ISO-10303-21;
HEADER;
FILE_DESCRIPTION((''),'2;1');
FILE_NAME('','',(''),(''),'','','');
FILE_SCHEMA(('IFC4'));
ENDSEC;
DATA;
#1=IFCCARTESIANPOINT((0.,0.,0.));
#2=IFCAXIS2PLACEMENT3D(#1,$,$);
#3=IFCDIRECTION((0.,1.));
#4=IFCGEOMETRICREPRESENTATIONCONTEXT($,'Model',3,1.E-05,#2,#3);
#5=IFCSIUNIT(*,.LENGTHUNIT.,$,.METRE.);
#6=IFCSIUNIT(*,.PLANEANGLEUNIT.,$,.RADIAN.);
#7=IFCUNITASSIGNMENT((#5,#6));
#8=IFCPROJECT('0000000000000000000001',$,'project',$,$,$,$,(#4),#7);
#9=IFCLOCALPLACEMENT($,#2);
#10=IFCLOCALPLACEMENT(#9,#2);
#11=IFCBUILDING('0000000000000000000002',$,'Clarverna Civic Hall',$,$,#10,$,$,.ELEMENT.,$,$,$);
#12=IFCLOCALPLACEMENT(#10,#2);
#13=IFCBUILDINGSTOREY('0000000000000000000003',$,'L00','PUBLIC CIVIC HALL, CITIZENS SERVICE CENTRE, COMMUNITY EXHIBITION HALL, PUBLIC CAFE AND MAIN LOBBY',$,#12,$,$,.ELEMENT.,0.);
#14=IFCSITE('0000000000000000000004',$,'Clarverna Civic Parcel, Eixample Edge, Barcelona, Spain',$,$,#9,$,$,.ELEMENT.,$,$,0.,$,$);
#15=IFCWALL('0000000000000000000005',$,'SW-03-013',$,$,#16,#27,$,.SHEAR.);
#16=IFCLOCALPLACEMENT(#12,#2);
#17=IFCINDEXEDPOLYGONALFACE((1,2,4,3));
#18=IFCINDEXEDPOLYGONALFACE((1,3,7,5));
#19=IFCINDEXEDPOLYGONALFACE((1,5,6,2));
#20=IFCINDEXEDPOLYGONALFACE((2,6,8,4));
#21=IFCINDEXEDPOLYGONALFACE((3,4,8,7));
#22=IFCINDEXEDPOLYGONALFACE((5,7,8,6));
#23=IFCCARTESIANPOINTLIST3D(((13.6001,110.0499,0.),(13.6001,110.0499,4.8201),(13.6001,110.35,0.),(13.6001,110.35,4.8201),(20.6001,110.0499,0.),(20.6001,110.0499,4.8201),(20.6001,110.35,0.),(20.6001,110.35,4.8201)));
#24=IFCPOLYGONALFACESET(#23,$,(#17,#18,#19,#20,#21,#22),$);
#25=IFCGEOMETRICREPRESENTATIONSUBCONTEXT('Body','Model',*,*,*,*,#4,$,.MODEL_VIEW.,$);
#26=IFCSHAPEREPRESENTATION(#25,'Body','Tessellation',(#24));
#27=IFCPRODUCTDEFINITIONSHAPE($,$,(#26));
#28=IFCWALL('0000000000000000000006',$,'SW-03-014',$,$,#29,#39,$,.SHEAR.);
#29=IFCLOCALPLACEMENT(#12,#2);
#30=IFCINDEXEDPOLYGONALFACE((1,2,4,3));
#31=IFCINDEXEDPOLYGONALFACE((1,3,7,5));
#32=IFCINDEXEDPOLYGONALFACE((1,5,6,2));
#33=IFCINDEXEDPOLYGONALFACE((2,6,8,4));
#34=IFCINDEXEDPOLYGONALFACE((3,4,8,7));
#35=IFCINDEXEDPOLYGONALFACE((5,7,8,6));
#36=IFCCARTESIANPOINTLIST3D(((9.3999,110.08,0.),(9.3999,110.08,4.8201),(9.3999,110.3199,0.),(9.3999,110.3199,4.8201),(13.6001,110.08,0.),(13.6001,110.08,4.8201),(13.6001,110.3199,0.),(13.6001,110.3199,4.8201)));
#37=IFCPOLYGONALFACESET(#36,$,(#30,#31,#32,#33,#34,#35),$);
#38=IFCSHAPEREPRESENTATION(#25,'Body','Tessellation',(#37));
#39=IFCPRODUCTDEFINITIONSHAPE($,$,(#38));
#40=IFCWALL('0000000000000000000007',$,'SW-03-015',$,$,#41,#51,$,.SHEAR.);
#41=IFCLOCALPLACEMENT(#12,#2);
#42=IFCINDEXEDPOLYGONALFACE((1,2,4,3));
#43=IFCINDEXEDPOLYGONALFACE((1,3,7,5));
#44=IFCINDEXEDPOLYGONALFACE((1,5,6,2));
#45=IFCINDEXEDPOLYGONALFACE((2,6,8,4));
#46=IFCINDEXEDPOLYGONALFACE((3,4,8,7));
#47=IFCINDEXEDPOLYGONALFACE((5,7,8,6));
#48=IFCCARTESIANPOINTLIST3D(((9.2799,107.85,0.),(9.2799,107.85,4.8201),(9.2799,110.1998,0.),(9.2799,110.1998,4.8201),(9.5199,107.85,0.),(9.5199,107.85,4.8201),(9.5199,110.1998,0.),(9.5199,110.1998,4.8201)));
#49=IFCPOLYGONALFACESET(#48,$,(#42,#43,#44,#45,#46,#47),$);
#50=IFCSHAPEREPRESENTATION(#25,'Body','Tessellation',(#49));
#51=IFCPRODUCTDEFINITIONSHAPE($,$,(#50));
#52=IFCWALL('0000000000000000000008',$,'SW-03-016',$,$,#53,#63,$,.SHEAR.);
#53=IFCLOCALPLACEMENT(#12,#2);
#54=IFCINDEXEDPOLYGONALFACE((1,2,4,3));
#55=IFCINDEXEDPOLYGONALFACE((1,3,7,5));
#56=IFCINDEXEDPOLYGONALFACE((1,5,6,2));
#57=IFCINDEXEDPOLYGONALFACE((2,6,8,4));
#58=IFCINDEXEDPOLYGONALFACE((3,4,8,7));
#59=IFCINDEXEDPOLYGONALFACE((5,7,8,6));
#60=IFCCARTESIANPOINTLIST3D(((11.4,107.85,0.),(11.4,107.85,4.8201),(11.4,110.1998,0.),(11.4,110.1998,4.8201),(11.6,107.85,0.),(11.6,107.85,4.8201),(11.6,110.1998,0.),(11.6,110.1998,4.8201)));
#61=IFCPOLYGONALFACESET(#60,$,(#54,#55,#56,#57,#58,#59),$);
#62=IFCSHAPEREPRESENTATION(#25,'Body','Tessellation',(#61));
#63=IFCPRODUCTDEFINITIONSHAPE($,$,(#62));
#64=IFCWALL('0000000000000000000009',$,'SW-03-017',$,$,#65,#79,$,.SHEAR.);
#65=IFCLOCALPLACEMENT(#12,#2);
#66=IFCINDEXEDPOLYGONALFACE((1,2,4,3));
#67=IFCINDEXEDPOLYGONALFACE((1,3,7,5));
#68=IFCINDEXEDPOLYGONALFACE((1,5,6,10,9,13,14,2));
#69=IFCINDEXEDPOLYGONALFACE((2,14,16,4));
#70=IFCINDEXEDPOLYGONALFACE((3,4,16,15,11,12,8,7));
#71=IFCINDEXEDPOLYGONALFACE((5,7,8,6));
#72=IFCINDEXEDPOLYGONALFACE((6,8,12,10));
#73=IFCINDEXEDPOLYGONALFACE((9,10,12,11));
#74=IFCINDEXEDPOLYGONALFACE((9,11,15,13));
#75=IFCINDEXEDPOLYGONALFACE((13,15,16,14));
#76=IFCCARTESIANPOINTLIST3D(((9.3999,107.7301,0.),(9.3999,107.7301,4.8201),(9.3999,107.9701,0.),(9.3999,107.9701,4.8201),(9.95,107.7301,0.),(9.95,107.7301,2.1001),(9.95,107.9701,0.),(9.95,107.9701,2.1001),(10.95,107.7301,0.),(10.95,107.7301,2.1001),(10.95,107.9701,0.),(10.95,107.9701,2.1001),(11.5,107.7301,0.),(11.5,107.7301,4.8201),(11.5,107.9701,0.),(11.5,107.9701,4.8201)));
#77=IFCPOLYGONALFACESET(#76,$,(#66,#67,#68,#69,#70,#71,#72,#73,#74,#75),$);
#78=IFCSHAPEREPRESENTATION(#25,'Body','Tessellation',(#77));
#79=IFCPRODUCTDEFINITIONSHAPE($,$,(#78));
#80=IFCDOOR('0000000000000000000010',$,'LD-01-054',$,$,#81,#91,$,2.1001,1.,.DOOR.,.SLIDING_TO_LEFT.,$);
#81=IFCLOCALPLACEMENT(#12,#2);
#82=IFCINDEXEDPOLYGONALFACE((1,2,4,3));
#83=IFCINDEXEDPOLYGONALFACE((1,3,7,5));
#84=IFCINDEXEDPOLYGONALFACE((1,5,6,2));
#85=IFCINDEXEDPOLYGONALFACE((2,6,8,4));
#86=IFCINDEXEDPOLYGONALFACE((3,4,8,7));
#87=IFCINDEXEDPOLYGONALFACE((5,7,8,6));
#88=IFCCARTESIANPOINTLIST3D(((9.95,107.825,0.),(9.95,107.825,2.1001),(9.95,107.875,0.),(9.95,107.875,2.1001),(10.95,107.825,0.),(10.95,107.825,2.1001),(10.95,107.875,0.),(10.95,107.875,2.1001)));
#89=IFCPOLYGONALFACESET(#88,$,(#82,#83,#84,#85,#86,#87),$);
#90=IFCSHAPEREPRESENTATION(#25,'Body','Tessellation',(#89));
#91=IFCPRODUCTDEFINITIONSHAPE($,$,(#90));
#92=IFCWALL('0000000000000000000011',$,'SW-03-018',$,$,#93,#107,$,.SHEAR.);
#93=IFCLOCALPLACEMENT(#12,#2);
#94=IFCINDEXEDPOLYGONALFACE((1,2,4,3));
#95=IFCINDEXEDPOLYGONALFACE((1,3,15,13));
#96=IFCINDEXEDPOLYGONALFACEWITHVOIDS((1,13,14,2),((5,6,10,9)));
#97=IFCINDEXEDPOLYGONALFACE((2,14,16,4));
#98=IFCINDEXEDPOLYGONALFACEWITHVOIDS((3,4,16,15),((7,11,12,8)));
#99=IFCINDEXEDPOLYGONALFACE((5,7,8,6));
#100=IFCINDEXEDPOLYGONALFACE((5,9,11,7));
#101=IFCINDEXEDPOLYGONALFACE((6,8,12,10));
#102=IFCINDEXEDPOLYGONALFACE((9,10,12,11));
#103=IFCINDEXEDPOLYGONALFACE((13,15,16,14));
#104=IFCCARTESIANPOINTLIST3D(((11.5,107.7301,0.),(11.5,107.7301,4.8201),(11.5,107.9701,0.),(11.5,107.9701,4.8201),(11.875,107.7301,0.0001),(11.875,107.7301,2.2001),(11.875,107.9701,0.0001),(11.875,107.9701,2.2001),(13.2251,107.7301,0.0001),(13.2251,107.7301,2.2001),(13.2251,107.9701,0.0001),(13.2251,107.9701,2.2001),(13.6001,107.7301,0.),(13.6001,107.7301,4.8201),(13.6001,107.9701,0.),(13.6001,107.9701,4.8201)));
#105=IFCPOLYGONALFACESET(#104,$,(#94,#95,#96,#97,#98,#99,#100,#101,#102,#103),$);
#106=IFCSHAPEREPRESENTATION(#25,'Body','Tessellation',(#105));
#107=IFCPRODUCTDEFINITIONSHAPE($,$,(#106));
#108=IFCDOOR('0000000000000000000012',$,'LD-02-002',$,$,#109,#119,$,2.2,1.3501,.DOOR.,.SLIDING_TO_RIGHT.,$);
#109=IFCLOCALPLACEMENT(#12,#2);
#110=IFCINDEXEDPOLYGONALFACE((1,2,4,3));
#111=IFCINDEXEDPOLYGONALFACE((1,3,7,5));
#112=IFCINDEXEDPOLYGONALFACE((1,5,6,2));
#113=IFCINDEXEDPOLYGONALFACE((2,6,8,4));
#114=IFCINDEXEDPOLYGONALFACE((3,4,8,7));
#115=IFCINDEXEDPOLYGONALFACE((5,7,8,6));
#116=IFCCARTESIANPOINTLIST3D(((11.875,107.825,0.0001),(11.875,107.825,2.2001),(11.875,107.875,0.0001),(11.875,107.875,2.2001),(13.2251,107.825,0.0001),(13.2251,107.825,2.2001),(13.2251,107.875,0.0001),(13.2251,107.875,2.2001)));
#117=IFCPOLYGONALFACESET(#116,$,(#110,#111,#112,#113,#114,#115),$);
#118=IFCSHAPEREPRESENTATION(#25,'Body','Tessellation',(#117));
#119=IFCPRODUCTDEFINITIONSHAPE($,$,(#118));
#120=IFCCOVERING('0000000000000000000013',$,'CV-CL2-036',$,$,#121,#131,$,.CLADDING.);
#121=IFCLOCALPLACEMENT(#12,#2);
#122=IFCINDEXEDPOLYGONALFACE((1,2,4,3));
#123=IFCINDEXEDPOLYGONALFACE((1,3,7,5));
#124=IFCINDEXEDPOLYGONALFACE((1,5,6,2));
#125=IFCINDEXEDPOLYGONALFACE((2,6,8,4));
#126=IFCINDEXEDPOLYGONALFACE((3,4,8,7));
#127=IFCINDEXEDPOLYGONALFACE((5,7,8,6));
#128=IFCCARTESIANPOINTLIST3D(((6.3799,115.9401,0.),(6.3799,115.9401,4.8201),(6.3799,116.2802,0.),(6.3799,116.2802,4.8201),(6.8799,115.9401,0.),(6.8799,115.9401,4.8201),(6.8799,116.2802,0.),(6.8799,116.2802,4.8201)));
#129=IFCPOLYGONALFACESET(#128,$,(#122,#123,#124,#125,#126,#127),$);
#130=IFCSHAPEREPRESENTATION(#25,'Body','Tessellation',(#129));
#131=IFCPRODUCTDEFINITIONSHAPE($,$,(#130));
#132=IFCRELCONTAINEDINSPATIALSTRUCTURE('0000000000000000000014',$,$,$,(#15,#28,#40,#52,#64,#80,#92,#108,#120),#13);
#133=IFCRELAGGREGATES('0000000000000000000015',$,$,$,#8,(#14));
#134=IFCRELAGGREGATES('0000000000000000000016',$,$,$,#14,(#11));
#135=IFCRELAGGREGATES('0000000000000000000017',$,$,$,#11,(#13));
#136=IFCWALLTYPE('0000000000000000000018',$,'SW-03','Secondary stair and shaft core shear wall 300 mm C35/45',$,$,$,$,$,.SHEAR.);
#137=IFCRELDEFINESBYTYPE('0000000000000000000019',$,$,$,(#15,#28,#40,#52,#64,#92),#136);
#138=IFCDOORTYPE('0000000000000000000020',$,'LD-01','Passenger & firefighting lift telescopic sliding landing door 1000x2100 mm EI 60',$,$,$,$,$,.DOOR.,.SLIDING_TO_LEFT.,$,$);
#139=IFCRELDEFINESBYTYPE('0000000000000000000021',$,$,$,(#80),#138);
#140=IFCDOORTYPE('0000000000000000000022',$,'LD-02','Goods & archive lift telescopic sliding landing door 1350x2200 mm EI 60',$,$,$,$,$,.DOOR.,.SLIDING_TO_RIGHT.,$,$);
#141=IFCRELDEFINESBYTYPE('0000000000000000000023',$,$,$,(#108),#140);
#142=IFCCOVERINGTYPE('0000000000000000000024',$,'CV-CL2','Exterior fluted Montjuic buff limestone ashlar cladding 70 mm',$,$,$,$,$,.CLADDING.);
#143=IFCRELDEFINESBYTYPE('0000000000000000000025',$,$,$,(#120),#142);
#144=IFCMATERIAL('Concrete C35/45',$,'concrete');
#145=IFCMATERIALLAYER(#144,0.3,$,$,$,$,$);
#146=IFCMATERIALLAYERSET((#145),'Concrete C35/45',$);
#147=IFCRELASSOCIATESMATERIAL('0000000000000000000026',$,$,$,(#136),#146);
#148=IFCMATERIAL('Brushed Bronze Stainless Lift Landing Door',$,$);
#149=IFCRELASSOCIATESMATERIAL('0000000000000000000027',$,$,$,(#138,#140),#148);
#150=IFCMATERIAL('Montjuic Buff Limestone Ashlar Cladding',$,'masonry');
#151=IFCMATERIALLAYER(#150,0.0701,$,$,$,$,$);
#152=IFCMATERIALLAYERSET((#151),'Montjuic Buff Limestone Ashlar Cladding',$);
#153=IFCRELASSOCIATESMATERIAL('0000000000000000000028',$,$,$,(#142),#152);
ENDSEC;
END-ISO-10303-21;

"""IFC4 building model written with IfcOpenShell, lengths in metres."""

from ifc_helpers import new_model, si_unit, direction, frame, frame_2d, origin, place, context, subcontext, project, spatial, rectangle, extrude, material, layer, layer_set, type_object, element, fill, save


model = new_model("IFC4")

# Units and contexts
model_context = context("Model", 3, precision=1e-05, world=origin(), true_north=direction((0.0, 1.0)))
body_context = subcontext(model_context, "Body", "Model", "MODEL_VIEW")
ifc_project = project(units=[si_unit("LENGTHUNIT", "METRE"), si_unit("PLANEANGLEUNIT", "RADIAN")], contexts=[model_context])

# Site, building, storey
site_placement = place(None, origin())
site = spatial("IfcSite", under=ifc_project, at=site_placement, Name="Clarverna Civic Parcel, Eixample Edge, Barcelona, Spain", CompositionType="ELEMENT", RefElevation=0.0)
building_placement = place(site_placement, origin())
building = spatial("IfcBuilding", under=site, at=building_placement, Name="Clarverna Civic Hall", CompositionType="ELEMENT")
storey_placement = place(building_placement, origin())
storey = spatial("IfcBuildingStorey", under=building, at=storey_placement, Name="L00", Description="PUBLIC CIVIC HALL, CITIZENS SERVICE CENTRE, COMMUNITY EXHIBITION HALL, PUBLIC CAFE AND MAIN LOBBY", CompositionType="ELEMENT", Elevation=0.0)

# Shared definitions
ifc_material_1 = material(Name="Concrete C35/45", Category="concrete")

# Walls
ifc_layer_1 = layer(ifc_material_1, 0.3)
ifc_layer_set_1 = layer_set([ifc_layer_1], Name="Concrete C35/45")
wall_type_1 = type_object("IfcWallType", Name="SW-03", Description="Secondary stair and shaft core shear wall 300 mm C35/45", PredefinedType="SHEAR", material=ifc_layer_set_1)
wall_1_placement = place(storey_placement, frame((13.6001, 110.2, 0.0), z_axis=(0.0, 0.0, 1.0), x_axis=(1.0, 0.0, 0.0)))
element("IfcWall", 1, at=wall_1_placement, inside=storey, type_object=wall_type_1, Name="SW-03-013", PredefinedType="SHEAR", context=body_context, shape_type="SweptSolid", body=[
    extrude(rectangle(XDim=7.0, YDim=0.3, at=frame_2d((3.5, 0.0))), origin(), (0.0, 0.0, 1.0), 4.8201),
])
wall_2_placement = place(storey_placement, frame((9.3999, 110.2, 0.0), z_axis=(0.0, 0.0, 1.0), x_axis=(1.0, 0.0, 0.0)))
element("IfcWall", 2, at=wall_2_placement, inside=storey, type_object=wall_type_1, Name="SW-03-014", PredefinedType="SHEAR", context=body_context, shape_type="SweptSolid", body=[
    extrude(rectangle(XDim=4.2002, YDim=0.24, at=frame_2d((2.1001, 0.0))), origin(), (0.0, 0.0, 1.0), 4.8201),
])
wall_3_placement = place(storey_placement, frame((9.3999, 107.8501, 0.0), z_axis=(0.0, 0.0, 1.0), x_axis=(0.0, 1.0, 0.0)))
element("IfcWall", 3, at=wall_3_placement, inside=storey, type_object=wall_type_1, Name="SW-03-015", PredefinedType="SHEAR", context=body_context, shape_type="SweptSolid", body=[
    extrude(rectangle(XDim=2.3499, YDim=0.24, at=frame_2d((1.1748, 0.0))), origin(), (0.0, 0.0, 1.0), 4.8201),
])
wall_4_placement = place(storey_placement, frame((11.5, 107.8501, 0.0), z_axis=(0.0, 0.0, 1.0), x_axis=(0.0, 1.0, 0.0)))
element("IfcWall", 4, at=wall_4_placement, inside=storey, type_object=wall_type_1, Name="SW-03-016", PredefinedType="SHEAR", context=body_context, shape_type="SweptSolid", body=[
    extrude(rectangle(XDim=2.3499, YDim=0.2, at=frame_2d((1.1748, 0.0))), origin(), (0.0, 0.0, 1.0), 4.8201),
])

# Walls, openings, doors
wall_5_placement = place(storey_placement, frame((9.3999, 107.8501, 0.0), z_axis=(0.0, 0.0, 1.0), x_axis=(1.0, 0.0, 0.0)))
wall_5 = element("IfcWall", 5, at=wall_5_placement, inside=storey, type_object=wall_type_1, Name="SW-03-017", PredefinedType="SHEAR", context=body_context, shape_type="SweptSolid", body=[
    extrude(rectangle(XDim=2.1001, YDim=0.24, at=frame_2d((1.05, 0.0))), origin(), (0.0, 0.0, 1.0), 4.8201),
])
opening_1_placement = place(wall_5_placement, frame((0.55, 0.0, 0.0)))
opening_1 = element("IfcOpeningElement", 6, at=opening_1_placement, cuts=wall_5, PredefinedType="OPENING", context=body_context, shape_type="SweptSolid", body=[
    extrude(rectangle(XDim=1.0, YDim=2.1001, at=frame_2d((0.5, 1.05))), frame((0.0, 0.1299, 0.0), z_axis=(0.0, -1.0, 0.0), x_axis=(1.0, 0.0, 0.0)), (0.0, 0.0, 1.0), 0.26),
])
ifc_material_2 = material(Name="Brushed Bronze Stainless Lift Landing Door")
door_type_1 = type_object("IfcDoorType", Name="LD-01", Description="Passenger & firefighting lift telescopic sliding landing door 1000x2100 mm EI 60", OperationType="SLIDING_TO_LEFT", PredefinedType="DOOR", material=ifc_material_2)
door_1_placement = place(opening_1_placement, origin())
door_1 = element("IfcDoor", 7, at=door_1_placement, inside=storey, type_object=door_type_1, Name="LD-01-054", OperationType="SLIDING_TO_LEFT", OverallHeight=2.1001, OverallWidth=1.0, PredefinedType="DOOR", context=body_context, shape_type="SweptSolid", body=[
    extrude(rectangle(XDim=1.0, YDim=2.1001, at=frame_2d((0.5, 1.05))), frame((0.0, 0.0249, 0.0), z_axis=(0.0, -1.0, 0.0), x_axis=(1.0, 0.0, 0.0)), (0.0, 0.0, 1.0), 0.05),
])
fill(opening_1, door_1)
wall_6_placement = place(storey_placement, frame((11.5, 107.8501, 0.0), z_axis=(0.0, 0.0, 1.0), x_axis=(1.0, 0.0, 0.0)))
wall_6 = element("IfcWall", 8, at=wall_6_placement, inside=storey, type_object=wall_type_1, Name="SW-03-018", PredefinedType="SHEAR", context=body_context, shape_type="SweptSolid", body=[
    extrude(rectangle(XDim=2.1001, YDim=0.24, at=frame_2d((1.05, 0.0))), origin(), (0.0, 0.0, 1.0), 4.8201),
])
opening_2_placement = place(wall_6_placement, frame((0.375, 0.0, 0.0)))
opening_2 = element("IfcOpeningElement", 9, at=opening_2_placement, cuts=wall_6, PredefinedType="OPENING", context=body_context, shape_type="SweptSolid", body=[
    extrude(rectangle(XDim=1.3501, YDim=2.2, at=frame_2d((0.675, 1.1001))), frame((0.0, 0.1299, 0.0), z_axis=(0.0, -1.0, 0.0), x_axis=(1.0, 0.0, 0.0)), (0.0, 0.0, 1.0), 0.26),
])
door_type_2 = type_object("IfcDoorType", Name="LD-02", Description="Goods & archive lift telescopic sliding landing door 1350x2200 mm EI 60", OperationType="SLIDING_TO_RIGHT", PredefinedType="DOOR", material=ifc_material_2)
door_2_placement = place(opening_2_placement, origin())
door_2 = element("IfcDoor", 10, at=door_2_placement, inside=storey, type_object=door_type_2, Name="LD-02-002", OperationType="SLIDING_TO_RIGHT", OverallHeight=2.2, OverallWidth=1.3501, PredefinedType="DOOR", context=body_context, shape_type="SweptSolid", body=[
    extrude(rectangle(XDim=1.3501, YDim=2.2, at=frame_2d((0.675, 1.1001))), frame((0.0, 0.0249, 0.0), z_axis=(0.0, -1.0, 0.0), x_axis=(1.0, 0.0, 0.0)), (0.0, 0.0, 1.0), 0.05),
])
fill(opening_2, door_2)

# Covering
ifc_material_3 = material(Name="Montjuic Buff Limestone Ashlar Cladding", Category="masonry")
ifc_layer_2 = layer(ifc_material_3, 0.0701)
ifc_layer_set_2 = layer_set([ifc_layer_2], Name="Montjuic Buff Limestone Ashlar Cladding")
covering_type = type_object("IfcCoveringType", Name="CV-CL2", Description="Exterior fluted Montjuic buff limestone ashlar cladding 70 mm", PredefinedType="CLADDING", material=ifc_layer_set_2)
covering_placement = place(storey_placement, frame((6.3799, 116.1101, 0.0), z_axis=(0.0, 0.0, 1.0), x_axis=(1.0, 0.0, 0.0)))
element("IfcCovering", 11, at=covering_placement, inside=storey, type_object=covering_type, Name="CV-CL2-036", PredefinedType="CLADDING", context=body_context, shape_type="SweptSolid", body=[
    extrude(rectangle(XDim=0.5, YDim=0.3401, at=frame_2d((0.25, 0.0))), origin(), (0.0, 0.0, 1.0), 4.8201),
])

save(model, "model.ifc")
